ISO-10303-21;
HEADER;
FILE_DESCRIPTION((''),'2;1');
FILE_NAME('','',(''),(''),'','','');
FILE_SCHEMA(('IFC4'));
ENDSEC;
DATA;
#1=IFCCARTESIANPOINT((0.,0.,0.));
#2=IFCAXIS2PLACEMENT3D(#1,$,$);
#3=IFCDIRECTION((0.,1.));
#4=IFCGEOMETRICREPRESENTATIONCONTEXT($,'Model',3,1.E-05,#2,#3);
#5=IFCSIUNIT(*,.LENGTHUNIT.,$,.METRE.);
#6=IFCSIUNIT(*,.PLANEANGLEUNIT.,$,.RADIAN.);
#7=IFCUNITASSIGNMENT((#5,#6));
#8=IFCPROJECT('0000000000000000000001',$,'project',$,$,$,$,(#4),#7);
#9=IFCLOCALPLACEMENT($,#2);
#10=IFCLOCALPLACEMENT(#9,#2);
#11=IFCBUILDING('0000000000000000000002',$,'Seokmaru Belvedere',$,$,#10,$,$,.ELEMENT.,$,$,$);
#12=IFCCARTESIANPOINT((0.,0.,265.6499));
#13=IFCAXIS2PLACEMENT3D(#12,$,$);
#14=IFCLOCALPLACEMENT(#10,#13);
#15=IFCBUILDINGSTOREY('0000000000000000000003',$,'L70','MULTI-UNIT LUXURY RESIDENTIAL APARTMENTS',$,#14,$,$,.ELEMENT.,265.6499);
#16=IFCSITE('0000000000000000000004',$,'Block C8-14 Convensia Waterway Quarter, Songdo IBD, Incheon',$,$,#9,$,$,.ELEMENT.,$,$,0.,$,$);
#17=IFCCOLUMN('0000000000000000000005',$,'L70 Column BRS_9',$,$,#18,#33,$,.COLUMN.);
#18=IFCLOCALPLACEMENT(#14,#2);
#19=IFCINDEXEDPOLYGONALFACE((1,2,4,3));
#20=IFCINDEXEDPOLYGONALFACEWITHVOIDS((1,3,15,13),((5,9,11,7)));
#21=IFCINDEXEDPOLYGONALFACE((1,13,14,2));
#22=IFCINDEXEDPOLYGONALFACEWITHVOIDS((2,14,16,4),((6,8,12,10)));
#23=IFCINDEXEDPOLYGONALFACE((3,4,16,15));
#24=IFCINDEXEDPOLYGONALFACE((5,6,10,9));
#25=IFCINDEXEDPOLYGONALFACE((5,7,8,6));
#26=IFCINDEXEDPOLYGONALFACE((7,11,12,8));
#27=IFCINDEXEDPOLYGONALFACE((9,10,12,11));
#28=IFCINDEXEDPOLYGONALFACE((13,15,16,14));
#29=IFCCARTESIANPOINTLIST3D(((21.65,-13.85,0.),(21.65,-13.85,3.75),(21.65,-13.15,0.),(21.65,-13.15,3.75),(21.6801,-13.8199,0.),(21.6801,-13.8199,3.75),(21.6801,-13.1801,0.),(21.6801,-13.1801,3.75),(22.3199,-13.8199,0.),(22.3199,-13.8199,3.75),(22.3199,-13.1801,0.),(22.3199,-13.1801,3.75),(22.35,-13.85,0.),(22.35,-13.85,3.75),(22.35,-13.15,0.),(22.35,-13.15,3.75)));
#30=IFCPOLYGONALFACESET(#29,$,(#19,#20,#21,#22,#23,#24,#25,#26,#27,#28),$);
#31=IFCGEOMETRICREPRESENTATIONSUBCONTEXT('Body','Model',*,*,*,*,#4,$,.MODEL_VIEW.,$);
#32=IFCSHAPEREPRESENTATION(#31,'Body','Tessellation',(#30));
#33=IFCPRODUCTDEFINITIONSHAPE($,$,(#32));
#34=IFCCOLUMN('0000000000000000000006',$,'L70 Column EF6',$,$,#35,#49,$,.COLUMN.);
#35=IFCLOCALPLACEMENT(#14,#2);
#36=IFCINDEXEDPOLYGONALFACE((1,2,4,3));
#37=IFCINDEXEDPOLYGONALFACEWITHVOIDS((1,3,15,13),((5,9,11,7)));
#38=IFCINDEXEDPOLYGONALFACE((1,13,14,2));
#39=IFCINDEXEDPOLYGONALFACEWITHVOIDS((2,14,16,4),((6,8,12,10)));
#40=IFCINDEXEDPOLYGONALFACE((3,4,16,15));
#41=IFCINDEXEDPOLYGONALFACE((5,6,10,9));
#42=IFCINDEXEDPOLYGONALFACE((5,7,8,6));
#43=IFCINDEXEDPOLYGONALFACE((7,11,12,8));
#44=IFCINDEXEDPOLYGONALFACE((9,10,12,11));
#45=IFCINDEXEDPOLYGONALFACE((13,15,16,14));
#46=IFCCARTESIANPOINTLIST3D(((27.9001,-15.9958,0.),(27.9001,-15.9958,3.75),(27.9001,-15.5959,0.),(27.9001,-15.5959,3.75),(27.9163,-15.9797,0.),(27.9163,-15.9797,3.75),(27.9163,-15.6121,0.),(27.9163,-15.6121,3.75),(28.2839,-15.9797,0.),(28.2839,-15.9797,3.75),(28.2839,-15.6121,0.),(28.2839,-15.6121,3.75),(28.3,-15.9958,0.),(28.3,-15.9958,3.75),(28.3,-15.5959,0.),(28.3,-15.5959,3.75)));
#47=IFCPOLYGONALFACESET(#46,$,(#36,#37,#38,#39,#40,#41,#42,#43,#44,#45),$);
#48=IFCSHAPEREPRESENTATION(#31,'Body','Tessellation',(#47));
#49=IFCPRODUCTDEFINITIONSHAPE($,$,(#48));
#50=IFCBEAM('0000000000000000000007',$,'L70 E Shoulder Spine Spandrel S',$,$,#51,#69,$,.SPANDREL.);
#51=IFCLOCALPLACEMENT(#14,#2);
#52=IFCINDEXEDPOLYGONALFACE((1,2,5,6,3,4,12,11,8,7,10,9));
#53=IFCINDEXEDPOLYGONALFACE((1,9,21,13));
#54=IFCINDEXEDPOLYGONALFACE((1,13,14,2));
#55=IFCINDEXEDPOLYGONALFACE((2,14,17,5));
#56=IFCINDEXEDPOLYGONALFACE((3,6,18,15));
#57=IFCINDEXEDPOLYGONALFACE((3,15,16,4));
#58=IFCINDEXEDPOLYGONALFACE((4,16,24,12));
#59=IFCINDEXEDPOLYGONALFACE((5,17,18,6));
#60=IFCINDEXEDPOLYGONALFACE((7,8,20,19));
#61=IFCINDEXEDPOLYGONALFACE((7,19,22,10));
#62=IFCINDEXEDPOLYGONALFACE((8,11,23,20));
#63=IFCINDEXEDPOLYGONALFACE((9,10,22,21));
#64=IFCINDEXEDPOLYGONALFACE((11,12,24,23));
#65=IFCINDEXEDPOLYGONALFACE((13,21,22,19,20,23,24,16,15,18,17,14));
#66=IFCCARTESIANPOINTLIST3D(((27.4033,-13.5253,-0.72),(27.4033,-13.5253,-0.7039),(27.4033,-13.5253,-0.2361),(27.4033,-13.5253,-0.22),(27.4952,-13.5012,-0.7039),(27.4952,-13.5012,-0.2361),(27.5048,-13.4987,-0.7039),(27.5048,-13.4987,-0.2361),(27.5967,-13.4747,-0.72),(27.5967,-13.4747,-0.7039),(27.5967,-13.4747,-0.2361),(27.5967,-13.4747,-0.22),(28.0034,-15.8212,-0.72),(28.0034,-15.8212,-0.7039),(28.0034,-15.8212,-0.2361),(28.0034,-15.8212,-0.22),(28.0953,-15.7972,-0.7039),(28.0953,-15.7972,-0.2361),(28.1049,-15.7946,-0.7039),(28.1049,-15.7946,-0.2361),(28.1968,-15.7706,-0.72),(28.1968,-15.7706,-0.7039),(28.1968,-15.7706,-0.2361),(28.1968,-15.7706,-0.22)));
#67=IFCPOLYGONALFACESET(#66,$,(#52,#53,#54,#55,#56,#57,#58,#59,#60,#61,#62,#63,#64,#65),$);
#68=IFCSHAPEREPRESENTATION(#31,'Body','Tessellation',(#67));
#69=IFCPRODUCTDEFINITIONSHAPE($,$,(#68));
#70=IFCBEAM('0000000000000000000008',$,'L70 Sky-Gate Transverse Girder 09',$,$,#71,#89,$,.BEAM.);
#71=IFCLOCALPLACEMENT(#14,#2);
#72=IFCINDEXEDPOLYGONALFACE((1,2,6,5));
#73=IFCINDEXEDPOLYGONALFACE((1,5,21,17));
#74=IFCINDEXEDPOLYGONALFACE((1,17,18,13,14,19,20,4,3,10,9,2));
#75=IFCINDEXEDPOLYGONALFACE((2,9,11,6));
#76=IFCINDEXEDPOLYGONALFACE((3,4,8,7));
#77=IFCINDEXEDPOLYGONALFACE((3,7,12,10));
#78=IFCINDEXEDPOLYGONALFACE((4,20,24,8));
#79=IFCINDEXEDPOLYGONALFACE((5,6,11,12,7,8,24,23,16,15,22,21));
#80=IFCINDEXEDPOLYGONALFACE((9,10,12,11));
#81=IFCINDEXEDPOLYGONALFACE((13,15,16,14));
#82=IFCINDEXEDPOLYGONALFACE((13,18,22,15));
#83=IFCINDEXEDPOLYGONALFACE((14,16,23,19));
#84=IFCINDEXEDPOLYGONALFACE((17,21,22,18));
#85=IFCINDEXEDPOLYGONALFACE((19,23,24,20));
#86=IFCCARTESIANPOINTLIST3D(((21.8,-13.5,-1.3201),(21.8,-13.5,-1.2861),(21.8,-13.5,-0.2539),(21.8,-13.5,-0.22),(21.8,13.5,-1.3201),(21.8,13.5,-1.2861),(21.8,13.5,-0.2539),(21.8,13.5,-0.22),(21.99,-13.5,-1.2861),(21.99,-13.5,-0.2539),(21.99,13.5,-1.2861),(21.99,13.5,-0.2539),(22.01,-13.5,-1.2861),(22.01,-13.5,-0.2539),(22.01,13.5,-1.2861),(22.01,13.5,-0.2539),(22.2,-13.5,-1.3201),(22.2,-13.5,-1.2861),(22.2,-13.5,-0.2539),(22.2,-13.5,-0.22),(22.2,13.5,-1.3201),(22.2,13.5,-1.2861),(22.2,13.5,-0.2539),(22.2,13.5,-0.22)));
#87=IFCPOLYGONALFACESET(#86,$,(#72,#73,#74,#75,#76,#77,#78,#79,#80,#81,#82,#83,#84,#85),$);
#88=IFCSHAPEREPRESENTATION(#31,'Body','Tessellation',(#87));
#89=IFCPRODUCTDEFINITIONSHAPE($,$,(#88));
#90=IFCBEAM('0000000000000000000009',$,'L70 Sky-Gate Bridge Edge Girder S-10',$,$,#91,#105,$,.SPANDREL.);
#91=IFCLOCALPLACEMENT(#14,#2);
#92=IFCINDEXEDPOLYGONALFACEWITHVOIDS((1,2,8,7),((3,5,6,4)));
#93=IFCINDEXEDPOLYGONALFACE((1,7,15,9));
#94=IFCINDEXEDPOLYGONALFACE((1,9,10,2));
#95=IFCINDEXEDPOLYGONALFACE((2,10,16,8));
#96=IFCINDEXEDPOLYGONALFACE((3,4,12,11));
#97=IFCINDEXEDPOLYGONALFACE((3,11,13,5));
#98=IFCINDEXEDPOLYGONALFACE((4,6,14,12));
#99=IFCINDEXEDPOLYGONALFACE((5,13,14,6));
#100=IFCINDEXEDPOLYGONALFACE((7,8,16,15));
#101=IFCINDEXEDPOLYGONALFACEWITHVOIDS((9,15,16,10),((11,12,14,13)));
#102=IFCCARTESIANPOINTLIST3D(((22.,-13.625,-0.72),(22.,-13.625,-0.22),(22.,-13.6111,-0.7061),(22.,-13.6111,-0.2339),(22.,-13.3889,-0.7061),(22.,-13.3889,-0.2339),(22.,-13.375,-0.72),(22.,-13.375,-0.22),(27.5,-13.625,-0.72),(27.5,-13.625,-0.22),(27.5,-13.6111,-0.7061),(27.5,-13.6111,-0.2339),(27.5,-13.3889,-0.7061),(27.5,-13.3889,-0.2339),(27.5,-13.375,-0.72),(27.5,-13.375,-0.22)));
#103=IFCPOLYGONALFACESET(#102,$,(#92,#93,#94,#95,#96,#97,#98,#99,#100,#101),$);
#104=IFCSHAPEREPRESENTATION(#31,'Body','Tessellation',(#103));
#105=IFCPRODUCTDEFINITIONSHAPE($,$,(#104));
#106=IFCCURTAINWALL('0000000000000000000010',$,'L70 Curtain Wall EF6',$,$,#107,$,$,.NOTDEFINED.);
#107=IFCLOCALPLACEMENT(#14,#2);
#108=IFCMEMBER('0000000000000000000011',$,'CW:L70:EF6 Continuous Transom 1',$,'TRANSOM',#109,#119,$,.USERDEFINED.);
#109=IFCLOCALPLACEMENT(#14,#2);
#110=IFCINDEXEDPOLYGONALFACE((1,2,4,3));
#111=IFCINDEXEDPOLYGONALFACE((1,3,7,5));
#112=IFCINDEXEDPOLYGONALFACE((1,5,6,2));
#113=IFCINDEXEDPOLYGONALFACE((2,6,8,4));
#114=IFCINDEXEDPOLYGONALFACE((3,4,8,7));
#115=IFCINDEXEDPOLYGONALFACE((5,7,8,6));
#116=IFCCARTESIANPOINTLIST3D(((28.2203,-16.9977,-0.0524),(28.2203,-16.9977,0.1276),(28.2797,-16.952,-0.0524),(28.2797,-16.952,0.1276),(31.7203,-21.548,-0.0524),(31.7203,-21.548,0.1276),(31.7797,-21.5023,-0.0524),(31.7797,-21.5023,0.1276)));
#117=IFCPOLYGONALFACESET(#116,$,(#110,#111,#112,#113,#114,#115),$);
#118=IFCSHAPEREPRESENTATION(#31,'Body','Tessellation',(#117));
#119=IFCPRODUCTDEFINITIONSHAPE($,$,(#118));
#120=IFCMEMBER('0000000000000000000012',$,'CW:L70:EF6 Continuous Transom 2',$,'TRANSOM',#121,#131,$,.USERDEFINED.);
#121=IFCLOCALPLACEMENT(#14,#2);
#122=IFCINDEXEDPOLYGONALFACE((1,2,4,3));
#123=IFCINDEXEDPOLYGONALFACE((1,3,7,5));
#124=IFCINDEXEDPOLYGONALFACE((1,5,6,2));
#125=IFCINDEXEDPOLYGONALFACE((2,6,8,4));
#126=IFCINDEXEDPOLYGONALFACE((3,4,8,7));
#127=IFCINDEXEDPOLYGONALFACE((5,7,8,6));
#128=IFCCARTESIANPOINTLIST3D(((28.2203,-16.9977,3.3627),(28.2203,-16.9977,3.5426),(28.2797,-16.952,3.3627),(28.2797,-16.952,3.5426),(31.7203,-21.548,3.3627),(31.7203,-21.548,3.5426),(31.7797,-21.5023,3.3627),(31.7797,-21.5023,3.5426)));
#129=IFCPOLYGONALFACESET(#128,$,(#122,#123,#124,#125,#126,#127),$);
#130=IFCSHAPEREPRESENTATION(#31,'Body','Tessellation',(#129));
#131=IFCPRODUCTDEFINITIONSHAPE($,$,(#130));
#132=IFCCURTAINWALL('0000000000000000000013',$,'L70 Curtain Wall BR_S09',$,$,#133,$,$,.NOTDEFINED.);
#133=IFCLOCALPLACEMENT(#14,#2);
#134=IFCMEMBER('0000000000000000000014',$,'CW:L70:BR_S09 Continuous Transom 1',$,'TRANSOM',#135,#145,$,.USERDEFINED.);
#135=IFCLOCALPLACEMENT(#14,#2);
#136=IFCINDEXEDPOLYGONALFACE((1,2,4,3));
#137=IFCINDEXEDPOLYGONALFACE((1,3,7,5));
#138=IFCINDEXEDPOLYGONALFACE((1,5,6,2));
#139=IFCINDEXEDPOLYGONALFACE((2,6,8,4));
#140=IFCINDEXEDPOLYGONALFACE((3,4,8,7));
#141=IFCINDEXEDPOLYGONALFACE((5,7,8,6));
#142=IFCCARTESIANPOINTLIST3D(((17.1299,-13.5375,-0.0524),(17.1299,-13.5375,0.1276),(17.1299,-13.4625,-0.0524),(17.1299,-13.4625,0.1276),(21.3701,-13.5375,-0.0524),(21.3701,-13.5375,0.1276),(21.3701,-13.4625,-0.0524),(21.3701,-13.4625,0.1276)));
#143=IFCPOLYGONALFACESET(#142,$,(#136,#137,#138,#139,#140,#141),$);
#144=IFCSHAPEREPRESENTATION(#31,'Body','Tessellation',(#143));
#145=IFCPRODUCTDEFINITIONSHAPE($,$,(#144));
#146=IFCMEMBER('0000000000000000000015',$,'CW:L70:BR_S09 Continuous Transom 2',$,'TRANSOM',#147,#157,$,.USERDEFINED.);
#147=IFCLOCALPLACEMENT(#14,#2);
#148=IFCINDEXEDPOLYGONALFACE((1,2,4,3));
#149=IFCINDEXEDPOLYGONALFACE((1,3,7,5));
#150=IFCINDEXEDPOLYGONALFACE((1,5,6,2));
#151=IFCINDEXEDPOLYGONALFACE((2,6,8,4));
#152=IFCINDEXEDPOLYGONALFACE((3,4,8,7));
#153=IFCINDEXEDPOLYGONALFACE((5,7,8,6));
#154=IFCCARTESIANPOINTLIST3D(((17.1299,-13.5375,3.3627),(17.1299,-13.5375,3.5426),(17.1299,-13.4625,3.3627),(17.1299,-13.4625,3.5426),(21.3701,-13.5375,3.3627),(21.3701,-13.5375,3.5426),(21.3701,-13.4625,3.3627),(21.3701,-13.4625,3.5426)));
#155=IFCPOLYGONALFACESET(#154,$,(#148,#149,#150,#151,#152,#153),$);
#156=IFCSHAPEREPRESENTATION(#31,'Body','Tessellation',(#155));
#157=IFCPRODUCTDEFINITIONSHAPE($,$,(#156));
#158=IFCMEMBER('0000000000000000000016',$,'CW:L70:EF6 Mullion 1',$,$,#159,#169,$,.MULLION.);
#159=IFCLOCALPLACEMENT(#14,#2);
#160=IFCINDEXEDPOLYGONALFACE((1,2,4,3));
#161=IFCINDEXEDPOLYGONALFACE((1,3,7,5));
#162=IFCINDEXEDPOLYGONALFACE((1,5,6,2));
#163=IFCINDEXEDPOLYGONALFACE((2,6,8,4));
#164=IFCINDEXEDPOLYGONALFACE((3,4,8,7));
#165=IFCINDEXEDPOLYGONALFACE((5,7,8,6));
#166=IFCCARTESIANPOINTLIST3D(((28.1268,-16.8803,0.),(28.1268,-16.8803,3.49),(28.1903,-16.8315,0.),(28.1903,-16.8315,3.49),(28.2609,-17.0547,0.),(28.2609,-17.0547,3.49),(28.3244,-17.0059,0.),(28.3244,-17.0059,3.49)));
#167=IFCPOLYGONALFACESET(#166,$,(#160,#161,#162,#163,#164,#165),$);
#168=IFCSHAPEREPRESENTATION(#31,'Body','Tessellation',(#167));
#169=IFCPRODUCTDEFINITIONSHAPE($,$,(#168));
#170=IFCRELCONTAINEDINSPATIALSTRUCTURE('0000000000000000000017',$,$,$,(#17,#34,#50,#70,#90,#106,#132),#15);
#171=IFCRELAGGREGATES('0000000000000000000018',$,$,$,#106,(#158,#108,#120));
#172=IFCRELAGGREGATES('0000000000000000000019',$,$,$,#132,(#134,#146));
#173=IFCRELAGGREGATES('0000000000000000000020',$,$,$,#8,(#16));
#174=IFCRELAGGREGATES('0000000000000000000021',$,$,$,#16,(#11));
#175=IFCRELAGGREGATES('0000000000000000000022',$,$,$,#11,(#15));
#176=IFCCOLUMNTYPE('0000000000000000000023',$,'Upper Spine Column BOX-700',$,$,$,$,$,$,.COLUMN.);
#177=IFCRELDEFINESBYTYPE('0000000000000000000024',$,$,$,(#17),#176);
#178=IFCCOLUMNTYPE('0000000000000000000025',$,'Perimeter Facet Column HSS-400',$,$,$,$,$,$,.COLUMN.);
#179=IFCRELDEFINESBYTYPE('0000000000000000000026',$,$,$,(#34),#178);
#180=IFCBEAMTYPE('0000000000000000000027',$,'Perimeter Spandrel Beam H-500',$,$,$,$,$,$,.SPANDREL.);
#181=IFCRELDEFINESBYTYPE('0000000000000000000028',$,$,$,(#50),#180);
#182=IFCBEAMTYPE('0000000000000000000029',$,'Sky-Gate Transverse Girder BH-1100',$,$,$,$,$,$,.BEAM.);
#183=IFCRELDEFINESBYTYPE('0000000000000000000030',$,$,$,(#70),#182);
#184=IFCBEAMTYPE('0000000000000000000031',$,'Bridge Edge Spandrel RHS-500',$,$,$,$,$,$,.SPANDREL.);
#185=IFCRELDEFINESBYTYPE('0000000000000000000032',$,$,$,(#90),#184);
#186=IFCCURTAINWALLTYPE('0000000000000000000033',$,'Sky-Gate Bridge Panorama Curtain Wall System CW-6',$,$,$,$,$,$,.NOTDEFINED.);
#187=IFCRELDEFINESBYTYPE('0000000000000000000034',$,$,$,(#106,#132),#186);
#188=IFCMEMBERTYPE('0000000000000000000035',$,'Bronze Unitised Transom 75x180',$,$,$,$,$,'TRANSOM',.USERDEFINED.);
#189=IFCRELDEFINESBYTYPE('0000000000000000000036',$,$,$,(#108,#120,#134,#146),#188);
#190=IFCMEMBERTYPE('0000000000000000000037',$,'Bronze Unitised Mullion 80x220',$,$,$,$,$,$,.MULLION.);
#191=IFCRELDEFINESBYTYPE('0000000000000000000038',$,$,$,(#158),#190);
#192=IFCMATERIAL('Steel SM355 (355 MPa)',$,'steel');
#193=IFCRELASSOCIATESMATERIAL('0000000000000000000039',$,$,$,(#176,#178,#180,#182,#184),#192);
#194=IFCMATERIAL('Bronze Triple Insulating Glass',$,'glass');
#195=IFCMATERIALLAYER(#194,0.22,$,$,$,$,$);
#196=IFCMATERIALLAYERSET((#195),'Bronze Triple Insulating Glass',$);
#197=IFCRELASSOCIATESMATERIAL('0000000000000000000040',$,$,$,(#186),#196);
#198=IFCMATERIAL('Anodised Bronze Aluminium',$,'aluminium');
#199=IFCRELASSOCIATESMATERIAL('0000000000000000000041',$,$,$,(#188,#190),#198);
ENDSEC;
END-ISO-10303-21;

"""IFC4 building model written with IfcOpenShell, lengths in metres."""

from ifc_helpers import new_model, si_unit, direction, frame, origin, origin_2d, place, context, subcontext, project, spatial, rectangle, hollow_rectangle, i_section, extrude, source, transform, mapped, material, layer, layer_set, material_profile, profile_set, type_object, type_shapes, element, aggregate, save


model = new_model("IFC4")

# Units and contexts
model_context = context("Model", 3, precision=1e-05, world=origin(), true_north=direction((0.0, 1.0)))
body_context = subcontext(model_context, "Body", "Model", "MODEL_VIEW")
ifc_project = project(units=[si_unit("LENGTHUNIT", "METRE"), si_unit("PLANEANGLEUNIT", "RADIAN")], contexts=[model_context])

# Site, building, storey
site_placement = place(None, origin())
site = spatial("IfcSite", under=ifc_project, at=site_placement, Name="Block C8-14 Convensia Waterway Quarter, Songdo IBD, Incheon", CompositionType="ELEMENT", RefElevation=0.0)
building_placement = place(site_placement, origin())
building = spatial("IfcBuilding", under=site, at=building_placement, Name="Seokmaru Belvedere", CompositionType="ELEMENT")
storey_placement = place(building_placement, frame((0.0, 0.0, 265.6499)))
storey = spatial("IfcBuildingStorey", under=building, at=storey_placement, Name="L70", Description="MULTI-UNIT LUXURY RESIDENTIAL APARTMENTS", CompositionType="ELEMENT", Elevation=265.6499)

# Columns
ifc_material_1 = material(Name="Steel SM355 (355 MPa)", Category="steel")
ifc_material_profile_1 = material_profile(ifc_material_1, hollow_rectangle(XDim=0.7, YDim=0.7, WallThickness=0.03, at=origin_2d()), Name="BOX-700x700x30")
ifc_profile_set_1 = profile_set([ifc_material_profile_1], Name="Steel SM355 (355 MPa)")
column_type_1 = type_object("IfcColumnType", Name="Upper Spine Column BOX-700", PredefinedType="COLUMN", material=ifc_profile_set_1)
shared_shape_1 = source(origin(), body_context, "Body", "SweptSolid", [
    extrude(hollow_rectangle(XDim=0.7, YDim=0.7, WallThickness=0.03, at=origin_2d()), origin(), (0.0, 0.0, 1.0), 3.75),
])
type_shapes(column_type_1, [shared_shape_1])
column_1_placement = place(storey_placement, frame((22.0, -13.5, 0.0), z_axis=(0.0, 0.0, 1.0), x_axis=(1.0, 0.0, 0.0)))
element("IfcColumn", 1, at=column_1_placement, inside=storey, type_object=column_type_1, Name="L70 Column BRS_9", PredefinedType="COLUMN", context=body_context, shape_type="MappedRepresentation", body=[
    mapped(shared_shape_1, transform((0.0, 0.0, 0.0), scale=1.0)),
])
ifc_material_profile_2 = material_profile(ifc_material_1, hollow_rectangle(XDim=0.3999, YDim=0.3999, WallThickness=0.0161, at=origin_2d()), Name="HSS-400x400x16")
ifc_profile_set_2 = profile_set([ifc_material_profile_2], Name="Steel SM355 (355 MPa)")
column_type_2 = type_object("IfcColumnType", Name="Perimeter Facet Column HSS-400", PredefinedType="COLUMN", material=ifc_profile_set_2)
shared_shape_2 = source(origin(), body_context, "Body", "SweptSolid", [
    extrude(hollow_rectangle(XDim=0.3999, YDim=0.3999, WallThickness=0.0161, at=origin_2d()), origin(), (0.0, 0.0, 1.0), 3.75),
])
type_shapes(column_type_2, [shared_shape_2])
column_2_placement = place(storey_placement, frame((28.1001, -15.7959, 0.0), z_axis=(0.0, 0.0, 1.0), x_axis=(1.0, 0.0, 0.0)))
element("IfcColumn", 2, at=column_2_placement, inside=storey, type_object=column_type_2, Name="L70 Column EF6", PredefinedType="COLUMN", context=body_context, shape_type="MappedRepresentation", body=[
    mapped(shared_shape_2, transform((0.0, 0.0, 0.0), scale=1.0)),
])

# Beams
ifc_material_profile_3 = material_profile(ifc_material_1, i_section(OverallWidth=0.2, OverallDepth=0.5, WebThickness=0.01, FlangeThickness=0.0161, at=origin_2d()), Name="H-500x200x10x16")
ifc_profile_set_3 = profile_set([ifc_material_profile_3], Name="Steel SM355 (355 MPa)")
beam_type_1 = type_object("IfcBeamType", Name="Perimeter Spandrel Beam H-500", PredefinedType="SPANDREL", material=ifc_profile_set_3)
shared_shape_3 = source(origin(), body_context, "Body", "SweptSolid", [
    extrude(i_section(OverallWidth=0.2, OverallDepth=0.5, WebThickness=0.01, FlangeThickness=0.0161, at=origin_2d()), origin(), (0.0, 0.0, 1.0), 2.373),
])
type_shapes(beam_type_1, [shared_shape_3])
beam_1_placement = place(storey_placement, frame((28.1001, -15.7959, -0.47), z_axis=(-0.252883, 0.967497, 0.0), x_axis=(-0.967497, -0.252883, 0.0)))
element("IfcBeam", 3, at=beam_1_placement, inside=storey, type_object=beam_type_1, Name="L70 E Shoulder Spine Spandrel S", PredefinedType="SPANDREL", context=body_context, shape_type="MappedRepresentation", body=[
    mapped(shared_shape_3, transform((0.0, 0.0, 0.0), scale=1.0)),
])
ifc_material_profile_4 = material_profile(ifc_material_1, i_section(OverallWidth=0.3999, OverallDepth=1.1001, WebThickness=0.02, FlangeThickness=0.0339, at=origin_2d()), Name="BH-1100x400x20x34")
ifc_profile_set_4 = profile_set([ifc_material_profile_4], Name="Steel SM355 (355 MPa)")
beam_type_2 = type_object("IfcBeamType", Name="Sky-Gate Transverse Girder BH-1100", PredefinedType="BEAM", material=ifc_profile_set_4)
shared_shape_4 = source(origin(), body_context, "Body", "SweptSolid", [
    extrude(i_section(OverallWidth=0.3999, OverallDepth=1.1001, WebThickness=0.02, FlangeThickness=0.0339, at=origin_2d()), origin(), (0.0, 0.0, 1.0), 27.0),
])
type_shapes(beam_type_2, [shared_shape_4])
beam_2_placement = place(storey_placement, frame((22.0, -13.5, -0.77), z_axis=(0.0, 1.0, 0.0), x_axis=(-1.0, 0.0, 0.0)))
element("IfcBeam", 4, at=beam_2_placement, inside=storey, type_object=beam_type_2, Name="L70 Sky-Gate Transverse Girder 09", PredefinedType="BEAM", context=body_context, shape_type="MappedRepresentation", body=[
    mapped(shared_shape_4, transform((0.0, 0.0, 0.0), scale=1.0)),
])
ifc_material_profile_5 = material_profile(ifc_material_1, hollow_rectangle(XDim=0.25, YDim=0.5, WallThickness=0.0139, at=origin_2d()), Name="RHS-500x250x14")
ifc_profile_set_5 = profile_set([ifc_material_profile_5], Name="Steel SM355 (355 MPa)")
beam_type_3 = type_object("IfcBeamType", Name="Bridge Edge Spandrel RHS-500", PredefinedType="SPANDREL", material=ifc_profile_set_5)
shared_shape_5 = source(origin(), body_context, "Body", "SweptSolid", [
    extrude(hollow_rectangle(XDim=0.25, YDim=0.5, WallThickness=0.0139, at=origin_2d()), origin(), (0.0, 0.0, 1.0), 5.5),
])
type_shapes(beam_type_3, [shared_shape_5])
beam_3_placement = place(storey_placement, frame((22.0, -13.5, -0.47), z_axis=(1.0, 0.0, 0.0), x_axis=(0.0, 1.0, 0.0)))
element("IfcBeam", 5, at=beam_3_placement, inside=storey, type_object=beam_type_3, Name="L70 Sky-Gate Bridge Edge Girder S-10", PredefinedType="SPANDREL", context=body_context, shape_type="MappedRepresentation", body=[
    mapped(shared_shape_5, transform((0.0, 0.0, 0.0), scale=1.0)),
])

# Curtain walls, members
ifc_material_2 = material(Name="Bronze Triple Insulating Glass", Category="glass")
ifc_layer_1 = layer(ifc_material_2, 0.22)
ifc_layer_set_1 = layer_set([ifc_layer_1], Name="Bronze Triple Insulating Glass")
curtain_wall_type = type_object("IfcCurtainWallType", Name="Sky-Gate Bridge Panorama Curtain Wall System CW-6", PredefinedType="NOTDEFINED", material=ifc_layer_set_1)
curtain_wall_1_placement = place(storey_placement, origin())
curtain_wall_1 = element("IfcCurtainWall", 6, at=curtain_wall_1_placement, inside=storey, type_object=curtain_wall_type, Name="L70 Curtain Wall EF6", PredefinedType="NOTDEFINED")
ifc_material_3 = material(Name="Anodised Bronze Aluminium", Category="aluminium")
ifc_material_profile_6 = material_profile(ifc_material_3, rectangle(XDim=0.075, YDim=0.1799, at=origin_2d()), Name="CW-T-75x180")
ifc_profile_set_6 = profile_set([ifc_material_profile_6], Name="Anodised Bronze Aluminium")
member_type_1 = type_object("IfcMemberType", Name="Bronze Unitised Transom 75x180", ElementType="TRANSOM", PredefinedType="USERDEFINED", material=ifc_profile_set_6)
shared_shape_6 = source(origin(), body_context, "Body", "SweptSolid", [
    extrude(rectangle(XDim=0.075, YDim=0.1799, at=origin_2d()), origin(), (0.0, 0.0, 1.0), 5.7407),
])
member_1_placement = place(storey_placement, frame((28.25, -16.9749, 0.0376), z_axis=(0.609686, -0.792643, 0.0), x_axis=(0.792643, 0.609686, 0.0)))
member_1 = element("IfcMember", 7, at=member_1_placement, type_object=member_type_1, Name="CW:L70:EF6 Continuous Transom 1", ObjectType="TRANSOM", PredefinedType="USERDEFINED", context=body_context, shape_type="MappedRepresentation", body=[
    mapped(shared_shape_6, transform((0.0, 0.0, 0.0), scale=1.0)),
])
member_2_placement = place(storey_placement, frame((28.25, -16.9749, 3.4526), z_axis=(0.609686, -0.792643, 0.0), x_axis=(0.792643, 0.609686, 0.0)))
member_2 = element("IfcMember", 8, at=member_2_placement, type_object=member_type_1, Name="CW:L70:EF6 Continuous Transom 2", ObjectType="TRANSOM", PredefinedType="USERDEFINED", context=body_context, shape_type="MappedRepresentation", body=[
    mapped(shared_shape_6, transform((0.0, 0.0, 0.0), scale=1.0)),
])
curtain_wall_2_placement = place(storey_placement, origin())
curtain_wall_2 = element("IfcCurtainWall", 9, at=curtain_wall_2_placement, inside=storey, type_object=curtain_wall_type, Name="L70 Curtain Wall BR_S09", PredefinedType="NOTDEFINED")
shared_shape_7 = source(origin(), body_context, "Body", "SweptSolid", [
    extrude(rectangle(XDim=0.075, YDim=0.1799, at=origin_2d()), origin(), (0.0, 0.0, 1.0), 4.2402),
])
type_shapes(member_type_1, [shared_shape_6, shared_shape_7])
member_3_placement = place(storey_placement, frame((17.1299, -13.5, 0.0376), z_axis=(1.0, 0.0, 0.0), x_axis=(0.0, 1.0, 0.0)))
member_3 = element("IfcMember", 10, at=member_3_placement, type_object=member_type_1, Name="CW:L70:BR_S09 Continuous Transom 1", ObjectType="TRANSOM", PredefinedType="USERDEFINED", context=body_context, shape_type="MappedRepresentation", body=[
    mapped(shared_shape_7, transform((0.0, 0.0, 0.0), scale=1.0)),
])
member_4_placement = place(storey_placement, frame((17.1299, -13.5, 3.4526), z_axis=(1.0, 0.0, 0.0), x_axis=(0.0, 1.0, 0.0)))
member_4 = element("IfcMember", 11, at=member_4_placement, type_object=member_type_1, Name="CW:L70:BR_S09 Continuous Transom 2", ObjectType="TRANSOM", PredefinedType="USERDEFINED", context=body_context, shape_type="MappedRepresentation", body=[
    mapped(shared_shape_7, transform((0.0, 0.0, 0.0), scale=1.0)),
])

# Member
ifc_material_profile_7 = material_profile(ifc_material_3, rectangle(XDim=0.0801, YDim=0.22, at=origin_2d()), Name="CW-M-80x220")
ifc_profile_set_7 = profile_set([ifc_material_profile_7], Name="Anodised Bronze Aluminium")
member_type_2 = type_object("IfcMemberType", Name="Bronze Unitised Mullion 80x220", PredefinedType="MULLION", material=ifc_profile_set_7)
shared_shape_8 = source(origin(), body_context, "Body", "SweptSolid", [
    extrude(rectangle(XDim=0.0801, YDim=0.22, at=origin_2d()), origin(), (0.0, 0.0, 1.0), 3.49),
])
type_shapes(member_type_2, [shared_shape_8])
member_5_placement = place(storey_placement, frame((28.2256, -16.9431, 0.0), z_axis=(0.0, 0.0, 1.0), x_axis=(0.792631, 0.609701, 0.0)))
member_5 = element("IfcMember", 12, at=member_5_placement, type_object=member_type_2, Name="CW:L70:EF6 Mullion 1", PredefinedType="MULLION", context=body_context, shape_type="MappedRepresentation", body=[
    mapped(shared_shape_8, transform((0.0, 0.0, 0.0), scale=1.0)),
])

aggregate(curtain_wall_1, [member_5, member_1, member_2])
aggregate(curtain_wall_2, [member_3, member_4])

save(model, "model.ifc")
